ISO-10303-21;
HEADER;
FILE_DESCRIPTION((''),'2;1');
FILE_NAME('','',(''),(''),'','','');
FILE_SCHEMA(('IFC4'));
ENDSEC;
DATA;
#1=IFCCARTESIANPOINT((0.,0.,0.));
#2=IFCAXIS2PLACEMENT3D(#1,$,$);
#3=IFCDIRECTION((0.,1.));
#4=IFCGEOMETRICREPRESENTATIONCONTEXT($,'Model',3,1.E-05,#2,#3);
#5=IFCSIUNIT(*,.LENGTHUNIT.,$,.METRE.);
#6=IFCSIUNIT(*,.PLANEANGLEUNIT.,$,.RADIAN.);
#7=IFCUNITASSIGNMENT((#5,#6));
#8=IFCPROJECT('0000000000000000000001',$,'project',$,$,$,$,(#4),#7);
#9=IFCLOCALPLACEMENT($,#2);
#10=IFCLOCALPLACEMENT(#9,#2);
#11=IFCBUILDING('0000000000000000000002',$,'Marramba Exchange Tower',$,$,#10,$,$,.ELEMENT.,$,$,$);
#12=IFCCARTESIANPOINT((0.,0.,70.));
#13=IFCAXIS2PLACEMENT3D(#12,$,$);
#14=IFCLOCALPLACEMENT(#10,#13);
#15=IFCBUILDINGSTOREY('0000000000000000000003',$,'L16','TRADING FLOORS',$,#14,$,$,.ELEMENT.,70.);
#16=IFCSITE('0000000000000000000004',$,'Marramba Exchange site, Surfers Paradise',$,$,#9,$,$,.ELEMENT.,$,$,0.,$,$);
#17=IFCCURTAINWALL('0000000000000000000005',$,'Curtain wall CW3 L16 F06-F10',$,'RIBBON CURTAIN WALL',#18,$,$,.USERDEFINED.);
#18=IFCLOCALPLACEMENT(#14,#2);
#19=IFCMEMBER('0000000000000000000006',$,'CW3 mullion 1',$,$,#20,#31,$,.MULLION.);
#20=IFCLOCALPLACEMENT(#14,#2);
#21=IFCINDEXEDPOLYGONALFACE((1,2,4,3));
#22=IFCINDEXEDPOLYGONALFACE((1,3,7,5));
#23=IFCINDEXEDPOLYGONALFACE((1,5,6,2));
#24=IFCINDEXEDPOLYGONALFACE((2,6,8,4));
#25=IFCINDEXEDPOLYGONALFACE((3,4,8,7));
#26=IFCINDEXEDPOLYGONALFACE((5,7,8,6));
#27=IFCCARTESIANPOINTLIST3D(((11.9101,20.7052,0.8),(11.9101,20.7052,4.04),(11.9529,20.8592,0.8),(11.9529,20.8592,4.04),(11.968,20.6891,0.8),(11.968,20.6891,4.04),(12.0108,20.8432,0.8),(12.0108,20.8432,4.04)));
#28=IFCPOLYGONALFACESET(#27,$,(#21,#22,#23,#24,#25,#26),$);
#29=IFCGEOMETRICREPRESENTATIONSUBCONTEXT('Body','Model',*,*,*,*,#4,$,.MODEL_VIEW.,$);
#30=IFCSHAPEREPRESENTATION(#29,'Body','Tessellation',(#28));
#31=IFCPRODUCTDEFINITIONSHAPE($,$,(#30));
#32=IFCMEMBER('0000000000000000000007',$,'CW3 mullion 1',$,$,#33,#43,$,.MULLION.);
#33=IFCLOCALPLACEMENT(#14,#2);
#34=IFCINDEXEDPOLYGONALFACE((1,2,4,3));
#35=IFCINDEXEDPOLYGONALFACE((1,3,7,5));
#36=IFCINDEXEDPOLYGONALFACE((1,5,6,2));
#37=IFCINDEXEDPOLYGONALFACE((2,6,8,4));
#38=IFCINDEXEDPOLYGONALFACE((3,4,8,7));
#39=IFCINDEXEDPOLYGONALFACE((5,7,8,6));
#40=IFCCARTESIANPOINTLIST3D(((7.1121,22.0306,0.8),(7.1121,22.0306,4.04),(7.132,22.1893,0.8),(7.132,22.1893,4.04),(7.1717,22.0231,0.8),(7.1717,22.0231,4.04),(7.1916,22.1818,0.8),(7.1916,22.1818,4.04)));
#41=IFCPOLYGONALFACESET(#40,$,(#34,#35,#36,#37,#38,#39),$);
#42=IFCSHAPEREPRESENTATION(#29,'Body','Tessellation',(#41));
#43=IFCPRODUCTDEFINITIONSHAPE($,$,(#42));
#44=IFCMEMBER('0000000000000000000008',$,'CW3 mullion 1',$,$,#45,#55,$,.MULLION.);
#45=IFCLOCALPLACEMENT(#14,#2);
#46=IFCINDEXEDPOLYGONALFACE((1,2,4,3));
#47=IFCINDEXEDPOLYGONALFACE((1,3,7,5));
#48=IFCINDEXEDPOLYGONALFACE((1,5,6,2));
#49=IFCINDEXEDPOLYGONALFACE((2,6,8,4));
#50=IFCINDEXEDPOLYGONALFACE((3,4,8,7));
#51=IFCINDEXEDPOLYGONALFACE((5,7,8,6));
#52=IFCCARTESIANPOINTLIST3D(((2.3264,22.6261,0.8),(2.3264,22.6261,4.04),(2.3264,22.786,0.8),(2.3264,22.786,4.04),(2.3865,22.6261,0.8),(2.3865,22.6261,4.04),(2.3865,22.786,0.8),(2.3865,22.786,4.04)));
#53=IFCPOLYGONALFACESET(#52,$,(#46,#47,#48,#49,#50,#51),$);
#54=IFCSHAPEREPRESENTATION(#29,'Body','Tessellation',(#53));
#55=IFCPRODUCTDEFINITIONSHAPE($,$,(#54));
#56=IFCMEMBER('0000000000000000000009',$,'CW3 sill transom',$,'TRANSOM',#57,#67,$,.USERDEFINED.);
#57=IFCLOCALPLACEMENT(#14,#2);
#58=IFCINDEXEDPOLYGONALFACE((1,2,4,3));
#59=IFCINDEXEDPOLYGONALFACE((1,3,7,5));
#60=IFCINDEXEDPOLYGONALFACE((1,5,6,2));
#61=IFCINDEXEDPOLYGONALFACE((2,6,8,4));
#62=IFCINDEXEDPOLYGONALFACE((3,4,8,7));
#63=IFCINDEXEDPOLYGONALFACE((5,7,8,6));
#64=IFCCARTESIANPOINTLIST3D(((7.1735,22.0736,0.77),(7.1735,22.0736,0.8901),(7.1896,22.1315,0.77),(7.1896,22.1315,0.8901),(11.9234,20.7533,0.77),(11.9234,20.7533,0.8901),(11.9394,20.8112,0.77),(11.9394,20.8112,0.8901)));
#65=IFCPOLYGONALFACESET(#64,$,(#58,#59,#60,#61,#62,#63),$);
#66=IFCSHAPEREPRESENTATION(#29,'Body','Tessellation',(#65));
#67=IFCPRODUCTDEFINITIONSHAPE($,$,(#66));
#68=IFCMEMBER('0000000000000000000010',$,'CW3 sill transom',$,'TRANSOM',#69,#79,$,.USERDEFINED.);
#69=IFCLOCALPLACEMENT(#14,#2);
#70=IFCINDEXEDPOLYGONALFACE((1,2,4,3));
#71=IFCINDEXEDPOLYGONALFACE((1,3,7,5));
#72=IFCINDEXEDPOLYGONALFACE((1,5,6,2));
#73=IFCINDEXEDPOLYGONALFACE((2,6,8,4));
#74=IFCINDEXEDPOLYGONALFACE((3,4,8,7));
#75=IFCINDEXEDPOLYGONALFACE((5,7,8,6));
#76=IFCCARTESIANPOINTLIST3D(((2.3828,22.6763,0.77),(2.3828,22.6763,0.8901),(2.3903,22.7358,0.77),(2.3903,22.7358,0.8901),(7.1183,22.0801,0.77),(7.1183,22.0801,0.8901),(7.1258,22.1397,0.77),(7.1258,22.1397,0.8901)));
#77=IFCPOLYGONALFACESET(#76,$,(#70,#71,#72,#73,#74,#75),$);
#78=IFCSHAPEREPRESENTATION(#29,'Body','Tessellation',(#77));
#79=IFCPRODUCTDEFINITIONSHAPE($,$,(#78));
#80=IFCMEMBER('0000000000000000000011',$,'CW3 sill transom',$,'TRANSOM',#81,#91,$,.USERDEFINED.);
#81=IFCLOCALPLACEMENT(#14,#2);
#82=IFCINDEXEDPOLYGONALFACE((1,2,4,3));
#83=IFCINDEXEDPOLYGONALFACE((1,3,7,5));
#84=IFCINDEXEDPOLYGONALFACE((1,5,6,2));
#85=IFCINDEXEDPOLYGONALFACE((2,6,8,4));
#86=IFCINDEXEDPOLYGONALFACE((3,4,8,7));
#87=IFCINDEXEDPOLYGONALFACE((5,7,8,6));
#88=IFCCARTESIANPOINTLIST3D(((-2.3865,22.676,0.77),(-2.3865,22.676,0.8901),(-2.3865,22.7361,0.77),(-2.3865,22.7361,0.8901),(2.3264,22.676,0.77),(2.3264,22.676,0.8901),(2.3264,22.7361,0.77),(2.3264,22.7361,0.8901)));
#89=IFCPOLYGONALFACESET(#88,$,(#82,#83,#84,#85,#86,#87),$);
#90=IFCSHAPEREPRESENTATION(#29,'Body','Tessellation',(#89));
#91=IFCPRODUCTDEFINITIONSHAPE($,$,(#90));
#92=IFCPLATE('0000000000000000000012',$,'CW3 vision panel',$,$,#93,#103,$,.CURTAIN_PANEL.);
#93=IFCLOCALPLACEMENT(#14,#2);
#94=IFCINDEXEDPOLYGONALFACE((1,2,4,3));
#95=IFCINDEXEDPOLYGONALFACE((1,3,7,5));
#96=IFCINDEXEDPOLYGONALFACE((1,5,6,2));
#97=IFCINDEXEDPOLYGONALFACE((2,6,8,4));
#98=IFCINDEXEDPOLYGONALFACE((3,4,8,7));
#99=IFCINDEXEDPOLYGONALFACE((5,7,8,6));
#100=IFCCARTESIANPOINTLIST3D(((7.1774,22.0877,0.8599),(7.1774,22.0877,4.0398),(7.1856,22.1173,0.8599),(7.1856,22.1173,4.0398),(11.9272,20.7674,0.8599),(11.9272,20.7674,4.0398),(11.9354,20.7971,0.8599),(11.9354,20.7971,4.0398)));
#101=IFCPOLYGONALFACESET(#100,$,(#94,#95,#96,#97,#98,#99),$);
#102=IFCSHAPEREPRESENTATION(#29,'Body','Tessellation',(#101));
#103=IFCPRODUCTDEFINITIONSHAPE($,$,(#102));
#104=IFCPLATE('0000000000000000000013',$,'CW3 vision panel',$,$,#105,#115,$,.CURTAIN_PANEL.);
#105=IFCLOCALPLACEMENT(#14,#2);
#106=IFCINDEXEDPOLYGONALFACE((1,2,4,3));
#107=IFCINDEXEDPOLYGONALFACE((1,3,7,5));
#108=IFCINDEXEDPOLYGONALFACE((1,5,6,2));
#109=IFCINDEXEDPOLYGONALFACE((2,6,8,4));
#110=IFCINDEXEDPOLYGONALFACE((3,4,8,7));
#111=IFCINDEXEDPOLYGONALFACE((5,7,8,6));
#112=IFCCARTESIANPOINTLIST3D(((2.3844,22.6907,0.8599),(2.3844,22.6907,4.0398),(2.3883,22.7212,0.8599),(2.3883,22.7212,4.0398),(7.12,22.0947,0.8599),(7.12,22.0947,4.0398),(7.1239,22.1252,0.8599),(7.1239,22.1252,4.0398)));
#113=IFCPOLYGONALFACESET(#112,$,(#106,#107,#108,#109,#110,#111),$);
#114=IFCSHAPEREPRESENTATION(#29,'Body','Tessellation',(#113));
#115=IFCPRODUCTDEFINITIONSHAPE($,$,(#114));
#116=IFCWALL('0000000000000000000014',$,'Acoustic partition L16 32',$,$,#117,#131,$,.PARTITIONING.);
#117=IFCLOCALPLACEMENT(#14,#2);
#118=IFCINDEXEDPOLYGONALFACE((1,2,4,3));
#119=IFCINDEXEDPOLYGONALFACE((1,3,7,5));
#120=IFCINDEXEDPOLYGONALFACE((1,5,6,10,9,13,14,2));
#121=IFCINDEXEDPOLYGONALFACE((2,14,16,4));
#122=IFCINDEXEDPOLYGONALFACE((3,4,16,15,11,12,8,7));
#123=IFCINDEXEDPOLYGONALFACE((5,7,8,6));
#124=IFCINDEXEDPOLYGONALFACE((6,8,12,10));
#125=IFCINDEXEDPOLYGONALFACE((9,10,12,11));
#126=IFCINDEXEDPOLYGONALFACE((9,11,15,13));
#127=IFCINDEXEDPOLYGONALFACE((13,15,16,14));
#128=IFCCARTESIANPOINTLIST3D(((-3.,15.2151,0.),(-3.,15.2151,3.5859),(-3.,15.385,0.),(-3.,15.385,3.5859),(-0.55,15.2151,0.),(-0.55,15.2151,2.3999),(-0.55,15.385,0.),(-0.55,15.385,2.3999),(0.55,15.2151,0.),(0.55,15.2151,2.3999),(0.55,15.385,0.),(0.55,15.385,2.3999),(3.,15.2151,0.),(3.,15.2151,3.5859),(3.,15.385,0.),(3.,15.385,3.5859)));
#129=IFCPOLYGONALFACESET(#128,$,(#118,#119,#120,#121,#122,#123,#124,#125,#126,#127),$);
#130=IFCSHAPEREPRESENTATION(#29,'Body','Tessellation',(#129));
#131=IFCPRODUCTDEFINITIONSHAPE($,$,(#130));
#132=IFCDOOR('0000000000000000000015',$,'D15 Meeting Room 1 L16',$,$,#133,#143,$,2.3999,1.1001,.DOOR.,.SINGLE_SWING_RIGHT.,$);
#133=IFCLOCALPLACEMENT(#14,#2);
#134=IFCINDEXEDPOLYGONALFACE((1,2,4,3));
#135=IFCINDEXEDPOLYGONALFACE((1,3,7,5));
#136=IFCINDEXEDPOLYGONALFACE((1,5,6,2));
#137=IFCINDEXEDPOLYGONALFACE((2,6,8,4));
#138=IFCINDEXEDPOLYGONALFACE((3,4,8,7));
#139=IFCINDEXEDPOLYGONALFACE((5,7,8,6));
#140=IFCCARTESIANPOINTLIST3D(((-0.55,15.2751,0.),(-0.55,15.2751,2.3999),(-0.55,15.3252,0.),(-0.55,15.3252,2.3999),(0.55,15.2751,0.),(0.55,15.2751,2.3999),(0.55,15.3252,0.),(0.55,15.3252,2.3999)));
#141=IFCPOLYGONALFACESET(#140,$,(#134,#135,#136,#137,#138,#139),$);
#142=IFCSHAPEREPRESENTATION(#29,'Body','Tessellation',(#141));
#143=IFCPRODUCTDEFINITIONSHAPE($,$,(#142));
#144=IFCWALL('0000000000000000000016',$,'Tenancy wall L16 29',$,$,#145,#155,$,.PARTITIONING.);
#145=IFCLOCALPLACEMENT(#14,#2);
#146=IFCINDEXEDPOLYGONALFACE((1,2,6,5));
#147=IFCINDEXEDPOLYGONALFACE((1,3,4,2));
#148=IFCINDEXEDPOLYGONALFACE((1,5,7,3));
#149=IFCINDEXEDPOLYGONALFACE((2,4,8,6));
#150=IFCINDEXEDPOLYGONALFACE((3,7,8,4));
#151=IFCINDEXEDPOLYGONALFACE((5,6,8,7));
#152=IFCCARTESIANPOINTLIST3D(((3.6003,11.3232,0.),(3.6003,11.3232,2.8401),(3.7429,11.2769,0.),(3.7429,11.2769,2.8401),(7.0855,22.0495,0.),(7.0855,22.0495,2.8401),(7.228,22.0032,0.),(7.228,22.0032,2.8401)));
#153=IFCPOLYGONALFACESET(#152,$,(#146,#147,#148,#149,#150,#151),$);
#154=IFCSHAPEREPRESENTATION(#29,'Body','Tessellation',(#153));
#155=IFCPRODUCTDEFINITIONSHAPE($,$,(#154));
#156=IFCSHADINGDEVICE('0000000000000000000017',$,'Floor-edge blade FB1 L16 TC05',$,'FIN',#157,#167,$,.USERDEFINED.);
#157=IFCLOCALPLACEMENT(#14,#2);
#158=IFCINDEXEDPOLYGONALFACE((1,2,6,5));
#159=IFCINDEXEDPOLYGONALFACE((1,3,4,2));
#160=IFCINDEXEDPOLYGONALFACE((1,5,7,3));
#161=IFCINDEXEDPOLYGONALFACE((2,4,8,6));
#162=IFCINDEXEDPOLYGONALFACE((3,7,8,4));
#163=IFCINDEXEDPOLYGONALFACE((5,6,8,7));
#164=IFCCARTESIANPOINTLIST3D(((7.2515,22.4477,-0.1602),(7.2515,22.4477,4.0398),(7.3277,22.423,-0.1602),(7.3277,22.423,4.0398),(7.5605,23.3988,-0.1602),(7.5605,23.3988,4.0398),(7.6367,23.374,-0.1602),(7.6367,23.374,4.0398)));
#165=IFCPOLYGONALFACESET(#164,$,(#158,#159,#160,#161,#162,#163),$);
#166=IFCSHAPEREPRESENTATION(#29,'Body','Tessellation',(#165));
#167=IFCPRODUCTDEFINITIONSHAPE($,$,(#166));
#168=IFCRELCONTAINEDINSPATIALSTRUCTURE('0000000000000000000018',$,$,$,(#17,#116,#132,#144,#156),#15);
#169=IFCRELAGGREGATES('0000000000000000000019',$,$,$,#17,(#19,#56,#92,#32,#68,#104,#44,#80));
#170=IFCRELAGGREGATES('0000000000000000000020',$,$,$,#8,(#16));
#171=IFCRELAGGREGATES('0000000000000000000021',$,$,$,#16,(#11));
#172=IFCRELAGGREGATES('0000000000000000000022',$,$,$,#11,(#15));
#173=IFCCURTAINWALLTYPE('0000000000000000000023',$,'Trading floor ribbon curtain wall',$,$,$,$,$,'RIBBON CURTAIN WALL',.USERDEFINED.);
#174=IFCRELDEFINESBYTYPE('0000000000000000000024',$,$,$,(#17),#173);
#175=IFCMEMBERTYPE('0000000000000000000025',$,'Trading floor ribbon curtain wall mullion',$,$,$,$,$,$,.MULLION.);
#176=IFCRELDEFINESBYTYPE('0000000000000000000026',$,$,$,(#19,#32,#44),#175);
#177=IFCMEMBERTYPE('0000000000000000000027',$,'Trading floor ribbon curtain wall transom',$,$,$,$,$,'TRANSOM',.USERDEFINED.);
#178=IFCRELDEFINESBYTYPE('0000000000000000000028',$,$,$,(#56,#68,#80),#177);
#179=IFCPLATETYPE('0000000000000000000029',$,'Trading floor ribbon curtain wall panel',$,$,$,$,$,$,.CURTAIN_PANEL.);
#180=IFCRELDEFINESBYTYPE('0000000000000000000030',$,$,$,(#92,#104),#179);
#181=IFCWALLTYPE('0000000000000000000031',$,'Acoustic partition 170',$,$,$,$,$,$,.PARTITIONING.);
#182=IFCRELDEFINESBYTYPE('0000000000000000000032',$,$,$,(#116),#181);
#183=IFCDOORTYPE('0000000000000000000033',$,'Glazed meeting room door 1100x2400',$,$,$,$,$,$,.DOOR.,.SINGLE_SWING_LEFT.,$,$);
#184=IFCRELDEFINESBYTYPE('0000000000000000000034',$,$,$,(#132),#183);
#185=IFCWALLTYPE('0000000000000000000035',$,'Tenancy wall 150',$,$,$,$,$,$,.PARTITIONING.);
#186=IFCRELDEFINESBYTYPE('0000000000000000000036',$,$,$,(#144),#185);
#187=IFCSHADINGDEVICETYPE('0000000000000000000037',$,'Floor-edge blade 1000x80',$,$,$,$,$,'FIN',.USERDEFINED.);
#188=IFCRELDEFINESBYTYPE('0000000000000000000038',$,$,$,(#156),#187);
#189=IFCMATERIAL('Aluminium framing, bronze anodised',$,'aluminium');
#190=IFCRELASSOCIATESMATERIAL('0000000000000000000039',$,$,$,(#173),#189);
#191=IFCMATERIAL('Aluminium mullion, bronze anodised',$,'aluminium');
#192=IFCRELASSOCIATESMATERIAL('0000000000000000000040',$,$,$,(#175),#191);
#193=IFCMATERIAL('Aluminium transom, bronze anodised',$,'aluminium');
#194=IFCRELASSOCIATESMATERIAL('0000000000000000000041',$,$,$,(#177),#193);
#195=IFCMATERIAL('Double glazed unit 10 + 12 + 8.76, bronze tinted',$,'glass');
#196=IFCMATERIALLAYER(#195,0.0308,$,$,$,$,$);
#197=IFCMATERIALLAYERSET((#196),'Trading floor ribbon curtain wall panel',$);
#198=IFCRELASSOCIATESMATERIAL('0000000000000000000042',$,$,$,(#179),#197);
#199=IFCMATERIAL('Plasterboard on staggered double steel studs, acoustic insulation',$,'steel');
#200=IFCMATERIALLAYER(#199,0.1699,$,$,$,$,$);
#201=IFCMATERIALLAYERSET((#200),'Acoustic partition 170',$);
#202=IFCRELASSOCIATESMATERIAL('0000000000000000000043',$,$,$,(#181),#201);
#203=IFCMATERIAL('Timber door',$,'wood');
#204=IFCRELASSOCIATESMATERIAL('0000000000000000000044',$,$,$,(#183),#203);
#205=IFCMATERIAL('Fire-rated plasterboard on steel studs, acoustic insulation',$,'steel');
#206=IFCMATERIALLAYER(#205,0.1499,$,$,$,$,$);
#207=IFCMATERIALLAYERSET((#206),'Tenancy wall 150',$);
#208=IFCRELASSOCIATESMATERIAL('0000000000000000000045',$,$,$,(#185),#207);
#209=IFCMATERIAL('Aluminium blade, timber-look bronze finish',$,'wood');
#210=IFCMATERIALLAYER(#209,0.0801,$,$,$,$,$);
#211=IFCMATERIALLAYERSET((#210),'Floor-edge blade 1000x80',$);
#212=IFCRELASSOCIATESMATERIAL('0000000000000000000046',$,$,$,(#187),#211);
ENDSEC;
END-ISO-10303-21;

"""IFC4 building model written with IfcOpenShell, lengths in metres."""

from ifc_helpers import new_model, si_unit, direction, frame, frame_2d, origin, origin_2d, place, context, subcontext, project, spatial, rectangle, extrude, material, layer, layer_set, material_profile, profile_set, type_object, element, fill, aggregate, save


model = new_model("IFC4")

# Units and contexts
model_context = context("Model", 3, precision=1e-05, world=origin(), true_north=direction((0.0, 1.0)))
body_context = subcontext(model_context, "Body", "Model", "MODEL_VIEW")
ifc_project = project(units=[si_unit("LENGTHUNIT", "METRE"), si_unit("PLANEANGLEUNIT", "RADIAN")], contexts=[model_context])

# Site, building, storey
site_placement = place(None, origin())
site = spatial("IfcSite", under=ifc_project, at=site_placement, Name="Marramba Exchange site, Surfers Paradise", CompositionType="ELEMENT", RefElevation=0.0)
building_placement = place(site_placement, origin())
building = spatial("IfcBuilding", under=site, at=building_placement, Name="Marramba Exchange Tower", CompositionType="ELEMENT")
storey_placement = place(building_placement, frame((0.0, 0.0, 70.0)))
storey = spatial("IfcBuildingStorey", under=building, at=storey_placement, Name="L16", Description="TRADING FLOORS", CompositionType="ELEMENT", Elevation=70.0)

# Curtain wall, members, plates
ifc_material_1 = material(Name="Aluminium framing, bronze anodised", Category="aluminium")
curtain_wall_type = type_object("IfcCurtainWallType", Name="Trading floor ribbon curtain wall", ElementType="RIBBON CURTAIN WALL", PredefinedType="USERDEFINED", material=ifc_material_1)
curtain_wall_placement = place(storey_placement, origin())
curtain_wall = element("IfcCurtainWall", 1, at=curtain_wall_placement, inside=storey, type_object=curtain_wall_type, Name="Curtain wall CW3 L16 F06-F10", ObjectType="RIBBON CURTAIN WALL", PredefinedType="USERDEFINED")
ifc_material_2 = material(Name="Aluminium mullion, bronze anodised", Category="aluminium")
ifc_material_profile_1 = material_profile(ifc_material_2, rectangle(XDim=0.1599, YDim=0.0601, at=origin_2d()), Name="CW3 mullion 60x160")
ifc_profile_set_1 = profile_set([ifc_material_profile_1], Name="Aluminium mullion, bronze anodised")
member_type_1 = type_object("IfcMemberType", Name="Trading floor ribbon curtain wall mullion", PredefinedType="MULLION", material=ifc_profile_set_1)
member_1_placement = place(storey_placement, frame((11.9604, 20.7742, 0.8), z_axis=(0.0, 0.0, 1.0), x_axis=(-0.267809, -0.963472, 0.0)))
member_1 = element("IfcMember", 2, at=member_1_placement, type_object=member_type_1, Name="CW3 mullion 1", PredefinedType="MULLION", context=body_context, shape_type="SweptSolid", body=[
    extrude(rectangle(XDim=0.1599, YDim=0.0601, at=origin_2d()), origin(), (0.0, 0.0, 1.0), 3.24),
])
member_2_placement = place(storey_placement, frame((7.1519, 22.1062, 0.8), z_axis=(0.0, 0.0, 1.0), x_axis=(-0.124873, -0.992173, 0.0)))
member_2 = element("IfcMember", 3, at=member_2_placement, type_object=member_type_1, Name="CW3 mullion 1", PredefinedType="MULLION", context=body_context, shape_type="SweptSolid", body=[
    extrude(rectangle(XDim=0.1599, YDim=0.0601, at=origin_2d()), origin(), (0.0, 0.0, 1.0), 3.24),
])
member_3_placement = place(storey_placement, frame((2.3564, 22.7061, 0.8), z_axis=(0.0, 0.0, 1.0), x_axis=(0.0, -1.0, 0.0)))
member_3 = element("IfcMember", 4, at=member_3_placement, type_object=member_type_1, Name="CW3 mullion 1", PredefinedType="MULLION", context=body_context, shape_type="SweptSolid", body=[
    extrude(rectangle(XDim=0.1599, YDim=0.0601, at=origin_2d()), origin(), (0.0, 0.0, 1.0), 3.24),
])
ifc_material_3 = material(Name="Aluminium transom, bronze anodised", Category="aluminium")
ifc_material_profile_2 = material_profile(ifc_material_3, rectangle(XDim=0.0601, YDim=0.1201, at=origin_2d()), Name="CW3 transom 60x120")
ifc_profile_set_2 = profile_set([ifc_material_profile_2], Name="Aluminium transom, bronze anodised")
member_type_2 = type_object("IfcMemberType", Name="Trading floor ribbon curtain wall transom", ElementType="TRANSOM", PredefinedType="USERDEFINED", material=ifc_profile_set_2)
member_4_placement = place(storey_placement, frame((11.9314, 20.7822, 0.8301), z_axis=(-0.963469, 0.26782, 0.0), x_axis=(-0.26782, -0.963469, 0.0)))
member_4 = element("IfcMember", 5, at=member_4_placement, type_object=member_type_2, Name="CW3 sill transom", ObjectType="TRANSOM", PredefinedType="USERDEFINED", context=body_context, shape_type="SweptSolid", body=[
    extrude(rectangle(XDim=0.0601, YDim=0.1201, at=origin_2d()), origin(), (0.0, 0.0, 1.0), 4.9299),
])
member_5_placement = place(storey_placement, frame((7.1221, 22.1099, 0.8301), z_axis=(-0.992168, 0.12491, 0.0), x_axis=(-0.12491, -0.992168, 0.0)))
member_5 = element("IfcMember", 6, at=member_5_placement, type_object=member_type_2, Name="CW3 sill transom", ObjectType="TRANSOM", PredefinedType="USERDEFINED", context=body_context, shape_type="SweptSolid", body=[
    extrude(rectangle(XDim=0.0601, YDim=0.1201, at=origin_2d()), origin(), (0.0, 0.0, 1.0), 4.7729),
])
member_6_placement = place(storey_placement, frame((2.3264, 22.7061, 0.8301), z_axis=(-1.0, 0.0, 0.0), x_axis=(0.0, -1.0, 0.0)))
member_6 = element("IfcMember", 7, at=member_6_placement, type_object=member_type_2, Name="CW3 sill transom", ObjectType="TRANSOM", PredefinedType="USERDEFINED", context=body_context, shape_type="SweptSolid", body=[
    extrude(rectangle(XDim=0.0601, YDim=0.1201, at=origin_2d()), origin(), (0.0, 0.0, 1.0), 4.7129),
])
ifc_material_4 = material(Name="Double glazed unit 10 + 12 + 8.76, bronze tinted", Category="glass")
ifc_layer_1 = layer(ifc_material_4, 0.0308)
ifc_layer_set_1 = layer_set([ifc_layer_1], Name="Trading floor ribbon curtain wall panel")
plate_type = type_object("IfcPlateType", Name="Trading floor ribbon curtain wall panel", PredefinedType="CURTAIN_PANEL", material=ifc_layer_set_1)
plate_1_placement = place(storey_placement, frame((9.5564, 21.4424, 0.8599), z_axis=(0.0, 0.0, 1.0), x_axis=(-0.963472, 0.267809, 0.0)))
plate_1 = element("IfcPlate", 8, at=plate_1_placement, type_object=plate_type, Name="CW3 vision panel", PredefinedType="CURTAIN_PANEL", context=body_context, shape_type="SweptSolid", body=[
    extrude(rectangle(XDim=4.9299, YDim=0.0308, at=origin_2d()), origin(), (0.0, 0.0, 1.0), 3.1799),
])
plate_2_placement = place(storey_placement, frame((4.7542, 22.408, 0.8599), z_axis=(0.0, 0.0, 1.0), x_axis=(-0.992173, 0.124873, 0.0)))
plate_2 = element("IfcPlate", 9, at=plate_2_placement, type_object=plate_type, Name="CW3 vision panel", PredefinedType="CURTAIN_PANEL", context=body_context, shape_type="SweptSolid", body=[
    extrude(rectangle(XDim=4.7729, YDim=0.0308, at=origin_2d()), origin(), (0.0, 0.0, 1.0), 3.1799),
])
aggregate(curtain_wall, [member_1, member_4, plate_1, member_2, member_5, plate_2, member_3, member_6])

# Wall, opening, door
ifc_material_5 = material(Name="Plasterboard on staggered double steel studs, acoustic insulation", Category="steel")
ifc_layer_2 = layer(ifc_material_5, 0.1699)
ifc_layer_set_2 = layer_set([ifc_layer_2], Name="Acoustic partition 170")
wall_type_1 = type_object("IfcWallType", Name="Acoustic partition 170", PredefinedType="PARTITIONING", material=ifc_layer_set_2)
wall_1_placement = place(storey_placement, frame((3.0, 15.3, 0.0), z_axis=(0.0, 0.0, 1.0), x_axis=(-1.0, 0.0, 0.0)))
wall_1 = element("IfcWall", 10, at=wall_1_placement, inside=storey, type_object=wall_type_1, Name="Acoustic partition L16 32", PredefinedType="PARTITIONING", context=body_context, shape_type="SweptSolid", body=[
    extrude(rectangle(XDim=6.0, YDim=0.1699, at=frame_2d((3.0, 0.0))), origin(), (0.0, 0.0, 1.0), 3.5859),
])
opening_placement = place(wall_1_placement, frame((2.45, 0.0, 0.0)))
opening = element("IfcOpeningElement", 11, at=opening_placement, cuts=wall_1, PredefinedType="OPENING", context=body_context, shape_type="SweptSolid", body=[
    extrude(rectangle(XDim=1.1001, YDim=2.3999, at=frame_2d((0.55, 1.2))), frame((0.0, 0.095, 0.0), z_axis=(0.0, -1.0, 0.0), x_axis=(1.0, 0.0, 0.0)), (0.0, 0.0, 1.0), 0.1899),
])
ifc_material_6 = material(Name="Timber door", Category="wood")
door_type = type_object("IfcDoorType", Name="Glazed meeting room door 1100x2400", OperationType="SINGLE_SWING_LEFT", PredefinedType="DOOR", material=ifc_material_6)
door_placement = place(opening_placement, origin())
door = element("IfcDoor", 12, at=door_placement, inside=storey, type_object=door_type, Name="D15 Meeting Room 1 L16", OperationType="SINGLE_SWING_RIGHT", OverallHeight=2.3999, OverallWidth=1.1001, PredefinedType="DOOR", context=body_context, shape_type="SweptSolid", body=[
    extrude(rectangle(XDim=1.1001, YDim=2.3999, at=frame_2d((0.55, 1.2))), frame((0.0, 0.0249, 0.0), z_axis=(0.0, -1.0, 0.0), x_axis=(1.0, 0.0, 0.0)), (0.0, 0.0, 1.0), 0.05),
])
fill(opening, door)

# Wall
ifc_material_7 = material(Name="Fire-rated plasterboard on steel studs, acoustic insulation", Category="steel")
ifc_layer_3 = layer(ifc_material_7, 0.1499)
ifc_layer_set_3 = layer_set([ifc_layer_3], Name="Tenancy wall 150")
wall_type_2 = type_object("IfcWallType", Name="Tenancy wall 150", PredefinedType="PARTITIONING", material=ifc_layer_set_3)
wall_2_placement = place(storey_placement, frame((7.1567, 22.0264, 0.0), z_axis=(0.0, 0.0, 1.0), x_axis=(-0.30901, -0.951059, 0.0)))
element("IfcWall", 13, at=wall_2_placement, inside=storey, type_object=wall_type_2, Name="Tenancy wall L16 29", PredefinedType="PARTITIONING", context=body_context, shape_type="SweptSolid", body=[
    extrude(rectangle(XDim=11.2783, YDim=0.1499, at=frame_2d((5.6392, 0.0))), origin(), (0.0, 0.0, 1.0), 2.8401),
])

# Shading device
ifc_material_8 = material(Name="Aluminium blade, timber-look bronze finish", Category="wood")
ifc_layer_4 = layer(ifc_material_8, 0.0801)
ifc_layer_set_4 = layer_set([ifc_layer_4], Name="Floor-edge blade 1000x80")
shading_device_type_1 = type_object("IfcShadingDeviceType", Name="Floor-edge blade 1000x80", ElementType="FIN", PredefinedType="USERDEFINED", material=ifc_layer_set_4)
shading_device_1_placement = place(storey_placement, frame((7.4441, 22.9109, -0.1602), z_axis=(0.0, 0.0, 1.0), x_axis=(0.309017, 0.951057, 0.0)))
element("IfcShadingDevice", 14, at=shading_device_1_placement, inside=storey, type_object=shading_device_type_1, Name="Floor-edge blade FB1 L16 TC05", ObjectType="FIN", PredefinedType="USERDEFINED", context=body_context, shape_type="SweptSolid", body=[
    extrude(rectangle(XDim=1.0, YDim=0.0801, at=origin_2d()), origin(), (0.0, 0.0, 1.0), 4.2),
])

save(model, "model.ifc")
